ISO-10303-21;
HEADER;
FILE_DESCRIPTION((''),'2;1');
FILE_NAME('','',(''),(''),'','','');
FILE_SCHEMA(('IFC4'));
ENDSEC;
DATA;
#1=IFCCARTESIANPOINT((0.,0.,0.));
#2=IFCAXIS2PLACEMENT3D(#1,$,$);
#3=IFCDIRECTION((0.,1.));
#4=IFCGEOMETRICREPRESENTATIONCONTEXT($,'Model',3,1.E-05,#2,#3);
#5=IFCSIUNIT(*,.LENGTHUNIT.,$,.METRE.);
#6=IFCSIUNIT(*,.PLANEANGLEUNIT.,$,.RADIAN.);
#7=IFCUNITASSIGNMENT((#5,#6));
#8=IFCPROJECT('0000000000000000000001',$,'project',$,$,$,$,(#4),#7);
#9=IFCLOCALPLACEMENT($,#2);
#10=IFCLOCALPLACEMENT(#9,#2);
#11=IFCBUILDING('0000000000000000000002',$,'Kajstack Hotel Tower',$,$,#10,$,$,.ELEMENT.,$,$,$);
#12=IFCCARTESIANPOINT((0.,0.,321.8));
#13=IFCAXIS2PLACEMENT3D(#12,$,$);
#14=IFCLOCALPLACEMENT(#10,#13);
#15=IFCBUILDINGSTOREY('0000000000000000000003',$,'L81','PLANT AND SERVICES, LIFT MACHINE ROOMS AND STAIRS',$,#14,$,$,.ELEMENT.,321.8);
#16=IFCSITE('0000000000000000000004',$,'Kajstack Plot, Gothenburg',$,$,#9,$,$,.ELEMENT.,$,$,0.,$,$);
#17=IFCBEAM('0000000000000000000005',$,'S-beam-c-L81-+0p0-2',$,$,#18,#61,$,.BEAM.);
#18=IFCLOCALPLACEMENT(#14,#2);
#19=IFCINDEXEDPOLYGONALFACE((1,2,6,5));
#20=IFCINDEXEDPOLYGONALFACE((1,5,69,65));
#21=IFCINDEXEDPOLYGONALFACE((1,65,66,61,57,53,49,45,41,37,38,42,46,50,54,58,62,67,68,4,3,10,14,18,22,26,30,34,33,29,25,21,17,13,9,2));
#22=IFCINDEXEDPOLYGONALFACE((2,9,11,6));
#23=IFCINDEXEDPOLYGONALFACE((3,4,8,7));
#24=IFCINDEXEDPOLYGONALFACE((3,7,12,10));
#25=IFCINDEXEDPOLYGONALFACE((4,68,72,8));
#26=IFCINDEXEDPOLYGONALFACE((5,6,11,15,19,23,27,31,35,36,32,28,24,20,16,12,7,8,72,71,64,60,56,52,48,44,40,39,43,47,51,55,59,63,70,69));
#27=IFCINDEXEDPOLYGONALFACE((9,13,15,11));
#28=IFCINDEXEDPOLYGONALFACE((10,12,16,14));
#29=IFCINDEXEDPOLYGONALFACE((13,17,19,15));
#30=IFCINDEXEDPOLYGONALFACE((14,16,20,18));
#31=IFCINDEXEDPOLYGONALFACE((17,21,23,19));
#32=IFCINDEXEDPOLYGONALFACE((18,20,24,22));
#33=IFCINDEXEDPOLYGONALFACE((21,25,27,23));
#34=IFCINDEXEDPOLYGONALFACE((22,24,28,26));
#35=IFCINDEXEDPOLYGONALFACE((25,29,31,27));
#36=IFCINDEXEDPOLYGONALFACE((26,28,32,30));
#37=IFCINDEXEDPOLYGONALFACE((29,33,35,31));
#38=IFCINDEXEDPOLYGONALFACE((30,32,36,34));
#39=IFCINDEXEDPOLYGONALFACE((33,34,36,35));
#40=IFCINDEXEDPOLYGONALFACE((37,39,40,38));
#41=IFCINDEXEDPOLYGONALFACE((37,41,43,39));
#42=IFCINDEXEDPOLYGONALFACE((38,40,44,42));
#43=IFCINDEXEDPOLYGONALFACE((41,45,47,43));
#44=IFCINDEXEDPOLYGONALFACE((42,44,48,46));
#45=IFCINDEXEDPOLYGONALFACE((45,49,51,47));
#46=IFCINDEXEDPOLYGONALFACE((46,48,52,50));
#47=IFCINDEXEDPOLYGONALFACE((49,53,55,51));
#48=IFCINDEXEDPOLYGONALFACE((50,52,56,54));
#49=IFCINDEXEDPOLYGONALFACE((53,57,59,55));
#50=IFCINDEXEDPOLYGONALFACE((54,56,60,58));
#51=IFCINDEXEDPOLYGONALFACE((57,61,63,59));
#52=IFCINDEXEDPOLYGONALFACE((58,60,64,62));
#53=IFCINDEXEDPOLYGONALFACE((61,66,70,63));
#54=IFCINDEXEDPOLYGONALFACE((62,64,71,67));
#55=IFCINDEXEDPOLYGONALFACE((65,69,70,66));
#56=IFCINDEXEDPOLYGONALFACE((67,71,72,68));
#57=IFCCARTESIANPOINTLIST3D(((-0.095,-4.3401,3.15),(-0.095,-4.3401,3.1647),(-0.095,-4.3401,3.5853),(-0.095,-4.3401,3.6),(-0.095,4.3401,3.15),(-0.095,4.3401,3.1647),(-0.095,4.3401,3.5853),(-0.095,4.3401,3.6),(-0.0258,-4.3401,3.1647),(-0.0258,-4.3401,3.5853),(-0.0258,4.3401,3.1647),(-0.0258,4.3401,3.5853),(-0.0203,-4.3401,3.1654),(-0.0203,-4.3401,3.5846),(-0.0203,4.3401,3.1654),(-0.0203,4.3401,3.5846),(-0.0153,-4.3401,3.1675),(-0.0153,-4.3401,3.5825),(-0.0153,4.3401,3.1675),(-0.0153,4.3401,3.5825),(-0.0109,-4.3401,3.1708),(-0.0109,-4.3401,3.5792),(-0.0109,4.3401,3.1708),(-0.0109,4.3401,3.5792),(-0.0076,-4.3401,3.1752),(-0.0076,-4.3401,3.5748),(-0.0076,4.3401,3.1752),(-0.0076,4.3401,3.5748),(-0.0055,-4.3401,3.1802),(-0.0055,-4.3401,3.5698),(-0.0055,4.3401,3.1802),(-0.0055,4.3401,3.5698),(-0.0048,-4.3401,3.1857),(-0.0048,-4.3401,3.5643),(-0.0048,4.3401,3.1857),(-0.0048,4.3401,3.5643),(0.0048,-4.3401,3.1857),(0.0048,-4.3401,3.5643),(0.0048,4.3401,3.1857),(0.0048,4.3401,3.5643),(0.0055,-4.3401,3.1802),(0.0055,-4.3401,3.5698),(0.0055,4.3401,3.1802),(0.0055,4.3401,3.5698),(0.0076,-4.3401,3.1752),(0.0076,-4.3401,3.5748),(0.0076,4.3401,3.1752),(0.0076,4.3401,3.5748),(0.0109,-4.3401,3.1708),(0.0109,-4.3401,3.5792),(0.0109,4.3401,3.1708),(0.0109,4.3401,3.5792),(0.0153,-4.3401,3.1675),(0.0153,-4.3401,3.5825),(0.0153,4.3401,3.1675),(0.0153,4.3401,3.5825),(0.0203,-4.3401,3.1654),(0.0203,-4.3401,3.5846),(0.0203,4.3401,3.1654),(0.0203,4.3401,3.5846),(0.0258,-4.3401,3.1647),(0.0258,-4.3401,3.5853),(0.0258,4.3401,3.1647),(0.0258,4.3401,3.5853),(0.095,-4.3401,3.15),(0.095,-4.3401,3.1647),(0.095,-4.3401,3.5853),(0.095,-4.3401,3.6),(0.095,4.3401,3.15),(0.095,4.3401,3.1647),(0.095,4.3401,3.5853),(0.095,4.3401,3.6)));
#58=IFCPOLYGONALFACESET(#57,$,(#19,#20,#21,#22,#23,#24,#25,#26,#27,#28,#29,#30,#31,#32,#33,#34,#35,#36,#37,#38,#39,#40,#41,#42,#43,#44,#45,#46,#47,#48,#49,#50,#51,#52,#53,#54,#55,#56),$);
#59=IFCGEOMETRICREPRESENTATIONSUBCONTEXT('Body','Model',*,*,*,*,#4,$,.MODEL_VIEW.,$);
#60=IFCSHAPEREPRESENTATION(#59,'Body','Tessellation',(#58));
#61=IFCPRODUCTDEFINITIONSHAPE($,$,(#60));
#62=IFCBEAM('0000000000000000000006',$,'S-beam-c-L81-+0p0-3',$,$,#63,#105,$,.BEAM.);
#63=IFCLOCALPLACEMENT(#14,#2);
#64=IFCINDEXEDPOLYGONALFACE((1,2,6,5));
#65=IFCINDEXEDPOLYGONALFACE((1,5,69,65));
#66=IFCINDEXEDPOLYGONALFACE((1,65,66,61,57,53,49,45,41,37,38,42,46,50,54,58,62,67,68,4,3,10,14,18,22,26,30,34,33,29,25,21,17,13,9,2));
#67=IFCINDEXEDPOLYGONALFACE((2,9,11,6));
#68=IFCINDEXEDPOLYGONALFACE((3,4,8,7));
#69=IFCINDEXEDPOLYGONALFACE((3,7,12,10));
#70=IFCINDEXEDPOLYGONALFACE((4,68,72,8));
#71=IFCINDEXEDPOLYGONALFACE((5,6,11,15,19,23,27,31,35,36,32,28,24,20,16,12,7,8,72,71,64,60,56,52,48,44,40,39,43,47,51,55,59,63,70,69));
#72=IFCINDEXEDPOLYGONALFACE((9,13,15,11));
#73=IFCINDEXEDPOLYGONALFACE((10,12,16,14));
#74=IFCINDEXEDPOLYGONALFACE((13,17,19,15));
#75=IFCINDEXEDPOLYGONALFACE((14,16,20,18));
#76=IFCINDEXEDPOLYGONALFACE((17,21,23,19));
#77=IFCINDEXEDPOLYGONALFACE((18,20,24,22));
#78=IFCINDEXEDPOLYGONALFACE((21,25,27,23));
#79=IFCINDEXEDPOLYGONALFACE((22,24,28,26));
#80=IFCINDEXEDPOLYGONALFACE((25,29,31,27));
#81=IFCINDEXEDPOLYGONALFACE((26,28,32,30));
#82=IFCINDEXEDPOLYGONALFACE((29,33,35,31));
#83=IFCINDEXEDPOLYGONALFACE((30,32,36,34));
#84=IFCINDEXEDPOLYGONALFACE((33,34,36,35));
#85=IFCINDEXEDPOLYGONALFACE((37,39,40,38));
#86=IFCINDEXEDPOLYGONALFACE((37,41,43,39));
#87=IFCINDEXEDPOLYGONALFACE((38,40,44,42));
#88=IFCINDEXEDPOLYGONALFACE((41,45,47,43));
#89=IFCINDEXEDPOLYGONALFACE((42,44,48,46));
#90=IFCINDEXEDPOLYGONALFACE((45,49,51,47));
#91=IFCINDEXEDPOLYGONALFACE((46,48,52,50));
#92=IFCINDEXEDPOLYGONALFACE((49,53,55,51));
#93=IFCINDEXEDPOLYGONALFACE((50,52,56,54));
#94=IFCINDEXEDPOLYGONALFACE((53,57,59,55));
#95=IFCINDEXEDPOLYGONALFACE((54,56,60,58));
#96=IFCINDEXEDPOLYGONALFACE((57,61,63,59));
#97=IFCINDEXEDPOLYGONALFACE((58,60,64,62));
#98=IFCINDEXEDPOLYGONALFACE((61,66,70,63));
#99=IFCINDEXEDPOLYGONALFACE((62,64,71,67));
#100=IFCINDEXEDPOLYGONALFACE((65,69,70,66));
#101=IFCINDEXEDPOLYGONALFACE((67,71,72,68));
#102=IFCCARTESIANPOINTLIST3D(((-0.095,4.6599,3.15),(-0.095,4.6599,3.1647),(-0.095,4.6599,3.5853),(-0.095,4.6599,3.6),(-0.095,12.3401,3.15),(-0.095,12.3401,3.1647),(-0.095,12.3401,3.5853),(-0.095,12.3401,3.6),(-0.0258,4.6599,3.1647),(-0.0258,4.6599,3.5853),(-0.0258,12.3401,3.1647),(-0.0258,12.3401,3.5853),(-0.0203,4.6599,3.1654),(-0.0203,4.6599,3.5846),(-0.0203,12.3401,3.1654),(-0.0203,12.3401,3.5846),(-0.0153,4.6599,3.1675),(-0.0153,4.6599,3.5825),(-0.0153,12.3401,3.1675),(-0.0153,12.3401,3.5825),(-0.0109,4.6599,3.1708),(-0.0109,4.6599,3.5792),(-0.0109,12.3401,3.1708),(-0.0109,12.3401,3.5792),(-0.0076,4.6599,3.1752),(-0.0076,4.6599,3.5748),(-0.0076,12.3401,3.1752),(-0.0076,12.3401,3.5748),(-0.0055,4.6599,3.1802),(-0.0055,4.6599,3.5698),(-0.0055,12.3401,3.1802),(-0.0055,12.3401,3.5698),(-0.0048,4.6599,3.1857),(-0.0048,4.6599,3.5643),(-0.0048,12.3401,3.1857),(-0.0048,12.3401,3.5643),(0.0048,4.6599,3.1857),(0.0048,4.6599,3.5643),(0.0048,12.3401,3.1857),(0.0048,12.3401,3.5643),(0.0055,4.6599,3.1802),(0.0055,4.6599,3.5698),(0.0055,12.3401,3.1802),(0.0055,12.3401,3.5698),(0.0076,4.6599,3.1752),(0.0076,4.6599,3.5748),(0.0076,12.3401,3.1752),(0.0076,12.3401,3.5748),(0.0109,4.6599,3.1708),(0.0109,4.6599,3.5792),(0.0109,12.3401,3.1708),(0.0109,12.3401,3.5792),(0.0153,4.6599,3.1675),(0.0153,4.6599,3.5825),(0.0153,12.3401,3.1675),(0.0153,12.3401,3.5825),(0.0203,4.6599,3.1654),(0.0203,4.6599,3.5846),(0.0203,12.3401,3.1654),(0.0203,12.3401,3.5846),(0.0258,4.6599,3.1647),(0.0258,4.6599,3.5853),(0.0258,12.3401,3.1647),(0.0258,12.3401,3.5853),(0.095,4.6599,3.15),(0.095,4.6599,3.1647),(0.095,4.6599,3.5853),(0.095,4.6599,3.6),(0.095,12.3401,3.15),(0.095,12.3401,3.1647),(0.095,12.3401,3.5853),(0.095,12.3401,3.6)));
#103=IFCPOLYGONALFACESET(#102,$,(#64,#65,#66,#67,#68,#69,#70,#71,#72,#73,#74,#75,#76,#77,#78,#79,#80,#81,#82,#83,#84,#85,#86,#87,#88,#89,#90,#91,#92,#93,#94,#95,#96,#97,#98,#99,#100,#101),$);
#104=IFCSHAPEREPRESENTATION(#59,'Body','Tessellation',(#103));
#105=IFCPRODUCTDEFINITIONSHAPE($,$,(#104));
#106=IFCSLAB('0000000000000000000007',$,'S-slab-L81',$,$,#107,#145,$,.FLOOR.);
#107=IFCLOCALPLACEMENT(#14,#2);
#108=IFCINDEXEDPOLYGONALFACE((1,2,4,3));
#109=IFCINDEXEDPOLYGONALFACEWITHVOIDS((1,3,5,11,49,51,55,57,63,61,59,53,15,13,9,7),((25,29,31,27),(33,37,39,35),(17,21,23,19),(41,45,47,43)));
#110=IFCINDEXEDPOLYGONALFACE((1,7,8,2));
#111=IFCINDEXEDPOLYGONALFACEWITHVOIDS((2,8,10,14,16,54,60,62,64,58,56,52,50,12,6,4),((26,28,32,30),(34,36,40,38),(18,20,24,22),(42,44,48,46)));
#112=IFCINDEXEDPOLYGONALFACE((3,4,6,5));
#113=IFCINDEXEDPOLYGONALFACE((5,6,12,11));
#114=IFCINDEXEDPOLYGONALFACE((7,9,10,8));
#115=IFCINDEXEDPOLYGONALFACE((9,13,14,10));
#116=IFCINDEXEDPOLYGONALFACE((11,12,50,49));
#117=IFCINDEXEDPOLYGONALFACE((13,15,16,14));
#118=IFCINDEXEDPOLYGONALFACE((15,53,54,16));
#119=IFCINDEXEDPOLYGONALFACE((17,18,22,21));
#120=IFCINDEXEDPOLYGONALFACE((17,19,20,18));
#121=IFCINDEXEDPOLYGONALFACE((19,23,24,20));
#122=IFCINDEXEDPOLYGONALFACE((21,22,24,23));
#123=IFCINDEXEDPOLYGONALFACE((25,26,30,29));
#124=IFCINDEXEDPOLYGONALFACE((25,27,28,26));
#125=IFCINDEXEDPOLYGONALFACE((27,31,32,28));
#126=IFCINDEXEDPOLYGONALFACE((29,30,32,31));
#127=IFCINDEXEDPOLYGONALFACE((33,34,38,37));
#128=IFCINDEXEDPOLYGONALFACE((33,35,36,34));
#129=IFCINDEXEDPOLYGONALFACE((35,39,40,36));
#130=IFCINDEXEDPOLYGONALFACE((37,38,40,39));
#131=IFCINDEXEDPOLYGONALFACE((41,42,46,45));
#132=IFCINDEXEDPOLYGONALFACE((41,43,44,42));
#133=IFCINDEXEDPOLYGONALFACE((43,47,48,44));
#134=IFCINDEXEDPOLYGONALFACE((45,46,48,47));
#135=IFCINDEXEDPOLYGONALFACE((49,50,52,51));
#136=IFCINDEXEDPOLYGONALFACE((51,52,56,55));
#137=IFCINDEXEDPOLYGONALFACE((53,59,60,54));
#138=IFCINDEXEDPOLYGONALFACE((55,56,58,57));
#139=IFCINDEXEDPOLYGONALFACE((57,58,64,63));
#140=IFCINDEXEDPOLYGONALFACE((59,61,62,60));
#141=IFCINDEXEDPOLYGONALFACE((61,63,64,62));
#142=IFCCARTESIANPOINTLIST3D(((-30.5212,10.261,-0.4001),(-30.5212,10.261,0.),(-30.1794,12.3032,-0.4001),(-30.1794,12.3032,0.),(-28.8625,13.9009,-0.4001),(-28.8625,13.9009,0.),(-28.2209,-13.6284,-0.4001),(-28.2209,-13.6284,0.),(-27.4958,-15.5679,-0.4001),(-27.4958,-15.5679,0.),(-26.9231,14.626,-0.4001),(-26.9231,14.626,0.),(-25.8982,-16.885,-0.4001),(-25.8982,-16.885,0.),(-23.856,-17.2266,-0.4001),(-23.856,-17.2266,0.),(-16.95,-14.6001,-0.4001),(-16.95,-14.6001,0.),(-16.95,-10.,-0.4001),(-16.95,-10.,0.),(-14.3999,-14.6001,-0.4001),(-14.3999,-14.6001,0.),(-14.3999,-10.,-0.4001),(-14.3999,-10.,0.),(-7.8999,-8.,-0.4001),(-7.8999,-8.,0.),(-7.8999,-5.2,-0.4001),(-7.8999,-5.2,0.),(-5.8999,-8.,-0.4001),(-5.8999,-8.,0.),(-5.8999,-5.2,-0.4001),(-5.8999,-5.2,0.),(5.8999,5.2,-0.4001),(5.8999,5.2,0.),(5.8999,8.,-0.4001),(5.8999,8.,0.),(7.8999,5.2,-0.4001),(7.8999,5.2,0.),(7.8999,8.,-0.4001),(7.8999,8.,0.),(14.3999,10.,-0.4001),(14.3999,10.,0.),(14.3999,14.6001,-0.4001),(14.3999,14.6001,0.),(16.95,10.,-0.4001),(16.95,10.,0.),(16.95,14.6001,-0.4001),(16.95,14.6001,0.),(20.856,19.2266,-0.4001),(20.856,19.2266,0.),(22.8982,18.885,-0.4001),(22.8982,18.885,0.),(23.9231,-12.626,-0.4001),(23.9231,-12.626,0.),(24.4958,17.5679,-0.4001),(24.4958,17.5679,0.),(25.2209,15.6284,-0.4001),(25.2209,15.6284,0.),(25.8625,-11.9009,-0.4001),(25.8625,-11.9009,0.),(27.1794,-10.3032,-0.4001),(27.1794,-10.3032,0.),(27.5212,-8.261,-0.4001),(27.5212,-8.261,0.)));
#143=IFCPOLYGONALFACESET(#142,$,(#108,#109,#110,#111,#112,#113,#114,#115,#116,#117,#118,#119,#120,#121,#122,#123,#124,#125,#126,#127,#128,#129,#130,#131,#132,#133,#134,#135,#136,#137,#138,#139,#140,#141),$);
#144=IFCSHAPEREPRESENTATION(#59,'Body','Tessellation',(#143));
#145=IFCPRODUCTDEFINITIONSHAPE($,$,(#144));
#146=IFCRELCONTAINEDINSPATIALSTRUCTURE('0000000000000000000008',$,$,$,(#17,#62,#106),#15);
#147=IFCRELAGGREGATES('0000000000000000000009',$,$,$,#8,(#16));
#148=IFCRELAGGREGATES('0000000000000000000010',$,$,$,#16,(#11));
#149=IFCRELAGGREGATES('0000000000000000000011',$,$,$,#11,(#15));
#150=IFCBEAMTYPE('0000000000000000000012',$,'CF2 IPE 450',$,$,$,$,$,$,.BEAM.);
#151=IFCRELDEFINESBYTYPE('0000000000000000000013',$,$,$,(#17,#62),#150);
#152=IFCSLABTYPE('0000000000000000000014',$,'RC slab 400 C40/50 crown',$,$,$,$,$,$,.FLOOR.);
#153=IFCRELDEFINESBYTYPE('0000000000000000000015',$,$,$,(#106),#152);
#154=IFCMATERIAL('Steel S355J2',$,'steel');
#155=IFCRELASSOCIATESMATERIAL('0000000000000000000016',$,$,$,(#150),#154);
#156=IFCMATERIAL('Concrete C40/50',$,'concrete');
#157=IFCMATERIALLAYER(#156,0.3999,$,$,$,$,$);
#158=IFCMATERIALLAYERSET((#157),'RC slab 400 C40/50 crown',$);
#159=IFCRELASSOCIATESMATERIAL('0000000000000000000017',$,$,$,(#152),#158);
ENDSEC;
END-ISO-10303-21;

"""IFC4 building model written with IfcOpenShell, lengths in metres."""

from ifc_helpers import new_model, si_unit, direction, frame, origin, origin_2d, place, context, subcontext, project, spatial, polyline, i_section, outline, extrude, material, layer, layer_set, material_profile, profile_set, type_object, element, save


model = new_model("IFC4")

# Units and contexts
model_context = context("Model", 3, precision=1e-05, world=origin(), true_north=direction((0.0, 1.0)))
body_context = subcontext(model_context, "Body", "Model", "MODEL_VIEW")
ifc_project = project(units=[si_unit("LENGTHUNIT", "METRE"), si_unit("PLANEANGLEUNIT", "RADIAN")], contexts=[model_context])

# Site, building, storey
site_placement = place(None, origin())
site = spatial("IfcSite", under=ifc_project, at=site_placement, Name="Kajstack Plot, Gothenburg", CompositionType="ELEMENT", RefElevation=0.0)
building_placement = place(site_placement, origin())
building = spatial("IfcBuilding", under=site, at=building_placement, Name="Kajstack Hotel Tower", CompositionType="ELEMENT")
storey_placement = place(building_placement, frame((0.0, 0.0, 321.8)))
storey = spatial("IfcBuildingStorey", under=building, at=storey_placement, Name="L81", Description="PLANT AND SERVICES, LIFT MACHINE ROOMS AND STAIRS", CompositionType="ELEMENT", Elevation=321.8)

# Shared definitions
ifc_material_1 = material(Name="Steel S355J2", Category="steel")

# Beams
ifc_material_profile_1 = material_profile(ifc_material_1, i_section(OverallWidth=0.1899, OverallDepth=0.45, WebThickness=0.0095, FlangeThickness=0.0146, FilletRadius=0.021, at=origin_2d()), Name="IPE 450")
ifc_profile_set_1 = profile_set([ifc_material_profile_1], Name="Steel S355J2")
beam_type = type_object("IfcBeamType", Name="CF2 IPE 450", PredefinedType="BEAM", material=ifc_profile_set_1)
beam_1_placement = place(storey_placement, frame((0.0, -4.3401, 3.375), z_axis=(0.0, 1.0, 0.0), x_axis=(-1.0, 0.0, 0.0)))
element("IfcBeam", 1, at=beam_1_placement, inside=storey, type_object=beam_type, Name="S-beam-c-L81-+0p0-2", PredefinedType="BEAM", context=body_context, shape_type="SweptSolid", body=[
    extrude(i_section(OverallWidth=0.1899, OverallDepth=0.45, WebThickness=0.0095, FlangeThickness=0.0146, FilletRadius=0.021, at=origin_2d()), origin(), (0.0, 0.0, 1.0), 8.6802),
])
beam_2_placement = place(storey_placement, frame((0.0, 4.6599, 3.375), z_axis=(0.0, 1.0, 0.0), x_axis=(-1.0, 0.0, 0.0)))
element("IfcBeam", 2, at=beam_2_placement, inside=storey, type_object=beam_type, Name="S-beam-c-L81-+0p0-3", PredefinedType="BEAM", context=body_context, shape_type="SweptSolid", body=[
    extrude(i_section(OverallWidth=0.1899, OverallDepth=0.45, WebThickness=0.0095, FlangeThickness=0.0146, FilletRadius=0.021, at=origin_2d()), origin(), (0.0, 0.0, 1.0), 7.6802),
])

# Slab
ifc_material_2 = material(Name="Concrete C40/50", Category="concrete")
ifc_layer_1 = layer(ifc_material_2, 0.3999)
ifc_layer_set_1 = layer_set([ifc_layer_1], Name="RC slab 400 C40/50 crown")
slab_type = type_object("IfcSlabType", Name="RC slab 400 C40/50 crown", PredefinedType="FLOOR", material=ifc_layer_set_1)
slab_placement = place(storey_placement, frame((0.0, 0.0, -0.4001)))
element("IfcSlab", 3, at=slab_placement, inside=storey, type_object=slab_type, Name="S-slab-L81", PredefinedType="FLOOR", context=body_context, shape_type="SweptSolid", body=[
    extrude(outline(polyline([(-30.1794, 12.3032), (-28.8625, 13.9009), (-26.9231, 14.626), (20.856, 19.2266), (22.8982, 18.885), (24.4958, 17.5679), (25.2209, 15.6284), (27.5212, -8.261), (27.1794, -10.3032), (25.8625, -11.9009), (23.9231, -12.626), (-23.856, -17.2266), (-25.8982, -16.885), (-27.4958, -15.5679), (-28.2209, -13.6284), (-30.5212, 10.261), (-30.1794, 12.3032)]), holes=[polyline([(-7.8999, -8.0), (-5.8999, -8.0), (-5.8999, -5.2), (-7.8999, -5.2), (-7.8999, -8.0)]), polyline([(7.8999, 8.0), (5.8999, 8.0), (5.8999, 5.2), (7.8999, 5.2), (7.8999, 8.0)]), polyline([(-16.95, -14.6001), (-14.3999, -14.6001), (-14.3999, -10.0), (-16.95, -10.0), (-16.95, -14.6001)]), polyline([(16.95, 14.6001), (14.3999, 14.6001), (14.3999, 10.0), (16.95, 10.0), (16.95, 14.6001)])]), origin(), (0.0, 0.0, 1.0), 0.4001),
])

save(model, "model.ifc")
